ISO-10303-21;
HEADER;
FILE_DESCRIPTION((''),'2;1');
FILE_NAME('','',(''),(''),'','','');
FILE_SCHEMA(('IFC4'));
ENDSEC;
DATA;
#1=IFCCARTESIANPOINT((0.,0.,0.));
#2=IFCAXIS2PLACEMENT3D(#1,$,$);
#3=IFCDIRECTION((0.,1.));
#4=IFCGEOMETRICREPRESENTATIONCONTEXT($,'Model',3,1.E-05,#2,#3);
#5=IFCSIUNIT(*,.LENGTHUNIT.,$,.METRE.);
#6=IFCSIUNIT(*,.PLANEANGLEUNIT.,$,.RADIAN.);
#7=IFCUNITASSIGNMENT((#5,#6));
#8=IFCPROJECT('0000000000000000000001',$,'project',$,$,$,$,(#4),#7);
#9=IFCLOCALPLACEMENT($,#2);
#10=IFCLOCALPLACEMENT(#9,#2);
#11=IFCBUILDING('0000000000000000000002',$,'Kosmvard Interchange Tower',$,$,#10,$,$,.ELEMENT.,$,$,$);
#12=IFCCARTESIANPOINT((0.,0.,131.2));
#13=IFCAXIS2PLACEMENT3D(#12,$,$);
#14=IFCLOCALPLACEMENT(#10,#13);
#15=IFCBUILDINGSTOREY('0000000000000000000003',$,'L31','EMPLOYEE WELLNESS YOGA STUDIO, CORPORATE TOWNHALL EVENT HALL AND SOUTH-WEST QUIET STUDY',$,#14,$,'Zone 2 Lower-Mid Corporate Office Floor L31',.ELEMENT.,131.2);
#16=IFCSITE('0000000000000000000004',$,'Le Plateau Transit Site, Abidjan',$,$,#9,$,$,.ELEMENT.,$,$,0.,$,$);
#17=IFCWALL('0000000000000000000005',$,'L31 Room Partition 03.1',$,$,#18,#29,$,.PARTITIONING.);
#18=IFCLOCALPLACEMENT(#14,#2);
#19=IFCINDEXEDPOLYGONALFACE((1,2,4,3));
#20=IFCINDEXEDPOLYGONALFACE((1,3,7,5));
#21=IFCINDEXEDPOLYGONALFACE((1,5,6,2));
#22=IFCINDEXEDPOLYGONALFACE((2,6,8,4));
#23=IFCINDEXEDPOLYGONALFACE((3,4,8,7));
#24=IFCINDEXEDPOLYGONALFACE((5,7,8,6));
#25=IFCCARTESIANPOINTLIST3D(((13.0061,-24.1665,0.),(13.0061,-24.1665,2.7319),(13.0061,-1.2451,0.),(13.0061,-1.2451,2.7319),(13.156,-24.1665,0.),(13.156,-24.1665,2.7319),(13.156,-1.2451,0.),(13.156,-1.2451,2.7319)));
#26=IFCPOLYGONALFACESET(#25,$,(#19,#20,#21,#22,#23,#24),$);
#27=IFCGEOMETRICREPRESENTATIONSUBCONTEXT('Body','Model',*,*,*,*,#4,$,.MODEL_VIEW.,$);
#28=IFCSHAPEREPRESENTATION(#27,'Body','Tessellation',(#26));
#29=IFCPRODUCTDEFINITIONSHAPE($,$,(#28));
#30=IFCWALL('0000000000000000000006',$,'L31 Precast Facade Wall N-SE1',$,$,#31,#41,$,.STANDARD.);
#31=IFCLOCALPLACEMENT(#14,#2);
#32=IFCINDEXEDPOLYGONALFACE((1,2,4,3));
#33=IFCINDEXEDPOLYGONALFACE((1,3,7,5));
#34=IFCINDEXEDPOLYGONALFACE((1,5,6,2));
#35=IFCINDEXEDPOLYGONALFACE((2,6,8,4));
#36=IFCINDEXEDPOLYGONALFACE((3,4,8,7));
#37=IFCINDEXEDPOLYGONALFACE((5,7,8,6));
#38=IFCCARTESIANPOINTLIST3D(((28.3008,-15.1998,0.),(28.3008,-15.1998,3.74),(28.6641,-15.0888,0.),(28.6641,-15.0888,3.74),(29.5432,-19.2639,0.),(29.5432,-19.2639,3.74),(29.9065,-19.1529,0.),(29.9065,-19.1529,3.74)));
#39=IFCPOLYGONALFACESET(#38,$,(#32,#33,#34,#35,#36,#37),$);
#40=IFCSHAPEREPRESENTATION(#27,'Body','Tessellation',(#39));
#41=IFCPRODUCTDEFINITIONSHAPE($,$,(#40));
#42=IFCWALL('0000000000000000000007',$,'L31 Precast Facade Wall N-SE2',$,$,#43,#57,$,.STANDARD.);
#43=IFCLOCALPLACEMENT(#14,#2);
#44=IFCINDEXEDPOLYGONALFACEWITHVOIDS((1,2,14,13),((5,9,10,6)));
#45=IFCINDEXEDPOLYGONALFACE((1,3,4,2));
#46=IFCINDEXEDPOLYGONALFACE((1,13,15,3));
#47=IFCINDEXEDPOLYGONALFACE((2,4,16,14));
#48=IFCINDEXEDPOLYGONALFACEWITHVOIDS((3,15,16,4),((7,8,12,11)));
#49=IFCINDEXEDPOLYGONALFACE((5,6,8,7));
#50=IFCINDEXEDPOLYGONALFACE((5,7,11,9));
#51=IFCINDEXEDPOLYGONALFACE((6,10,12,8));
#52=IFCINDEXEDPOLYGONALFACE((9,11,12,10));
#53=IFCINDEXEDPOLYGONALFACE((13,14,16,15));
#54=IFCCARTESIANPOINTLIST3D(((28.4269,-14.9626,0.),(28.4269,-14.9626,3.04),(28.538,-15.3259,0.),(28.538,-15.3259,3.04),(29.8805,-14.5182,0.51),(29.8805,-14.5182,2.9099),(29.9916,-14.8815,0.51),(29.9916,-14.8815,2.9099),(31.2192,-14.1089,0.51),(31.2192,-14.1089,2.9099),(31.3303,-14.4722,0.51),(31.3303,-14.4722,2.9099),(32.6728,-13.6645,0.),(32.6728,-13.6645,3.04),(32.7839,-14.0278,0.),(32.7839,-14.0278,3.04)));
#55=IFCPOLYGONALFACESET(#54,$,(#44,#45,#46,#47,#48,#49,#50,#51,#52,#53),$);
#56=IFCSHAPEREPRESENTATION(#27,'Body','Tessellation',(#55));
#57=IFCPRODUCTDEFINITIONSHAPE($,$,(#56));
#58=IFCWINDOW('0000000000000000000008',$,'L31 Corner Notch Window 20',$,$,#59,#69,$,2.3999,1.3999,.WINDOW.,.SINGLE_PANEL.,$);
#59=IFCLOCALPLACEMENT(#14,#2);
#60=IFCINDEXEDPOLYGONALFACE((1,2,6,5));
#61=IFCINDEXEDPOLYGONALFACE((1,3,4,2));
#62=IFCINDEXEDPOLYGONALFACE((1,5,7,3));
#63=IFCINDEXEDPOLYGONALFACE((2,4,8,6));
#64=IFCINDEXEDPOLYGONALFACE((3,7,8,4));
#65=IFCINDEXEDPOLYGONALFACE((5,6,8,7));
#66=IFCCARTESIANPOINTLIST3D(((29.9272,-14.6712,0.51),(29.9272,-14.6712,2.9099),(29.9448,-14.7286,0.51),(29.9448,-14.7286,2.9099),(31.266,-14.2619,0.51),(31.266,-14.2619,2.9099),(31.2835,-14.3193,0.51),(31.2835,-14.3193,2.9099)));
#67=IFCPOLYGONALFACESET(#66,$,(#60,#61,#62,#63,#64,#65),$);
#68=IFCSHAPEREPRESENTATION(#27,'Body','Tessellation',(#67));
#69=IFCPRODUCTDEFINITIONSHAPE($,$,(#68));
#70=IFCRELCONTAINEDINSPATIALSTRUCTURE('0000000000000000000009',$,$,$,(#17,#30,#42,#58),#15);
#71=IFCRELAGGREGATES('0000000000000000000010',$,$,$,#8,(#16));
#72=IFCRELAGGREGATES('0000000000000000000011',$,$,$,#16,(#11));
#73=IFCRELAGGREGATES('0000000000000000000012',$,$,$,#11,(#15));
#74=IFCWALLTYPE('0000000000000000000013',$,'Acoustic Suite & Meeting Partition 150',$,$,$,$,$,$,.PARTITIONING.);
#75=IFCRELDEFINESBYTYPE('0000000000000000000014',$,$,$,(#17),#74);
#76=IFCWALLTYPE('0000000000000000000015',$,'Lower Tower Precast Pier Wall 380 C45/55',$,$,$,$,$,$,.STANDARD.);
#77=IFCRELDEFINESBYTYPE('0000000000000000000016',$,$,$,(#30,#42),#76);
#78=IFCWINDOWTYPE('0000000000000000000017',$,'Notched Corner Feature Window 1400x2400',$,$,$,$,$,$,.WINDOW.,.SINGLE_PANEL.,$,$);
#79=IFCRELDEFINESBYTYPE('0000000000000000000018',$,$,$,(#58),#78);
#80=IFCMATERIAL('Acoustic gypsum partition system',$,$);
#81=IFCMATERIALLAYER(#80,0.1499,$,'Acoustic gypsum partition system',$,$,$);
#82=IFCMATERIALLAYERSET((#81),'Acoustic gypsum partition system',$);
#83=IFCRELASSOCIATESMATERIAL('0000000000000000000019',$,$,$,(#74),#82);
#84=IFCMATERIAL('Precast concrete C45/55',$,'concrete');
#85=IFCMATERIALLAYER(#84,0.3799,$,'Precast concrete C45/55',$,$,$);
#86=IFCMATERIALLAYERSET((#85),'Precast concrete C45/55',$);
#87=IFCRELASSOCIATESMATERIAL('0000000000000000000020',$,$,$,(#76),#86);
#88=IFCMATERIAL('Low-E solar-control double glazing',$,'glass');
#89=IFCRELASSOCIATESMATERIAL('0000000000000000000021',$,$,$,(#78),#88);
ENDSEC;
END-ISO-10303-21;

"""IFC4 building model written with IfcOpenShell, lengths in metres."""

from ifc_helpers import new_model, si_unit, direction, frame, frame_2d, origin, place, context, subcontext, project, spatial, rectangle, extrude, source, transform, mapped, material, layer, layer_set, type_object, element, fill, save


model = new_model("IFC4")

# Units and contexts
model_context = context("Model", 3, precision=1e-05, world=origin(), true_north=direction((0.0, 1.0)))
body_context = subcontext(model_context, "Body", "Model", "MODEL_VIEW")
ifc_project = project(units=[si_unit("LENGTHUNIT", "METRE"), si_unit("PLANEANGLEUNIT", "RADIAN")], contexts=[model_context])

# Site, building, storey
site_placement = place(None, origin())
site = spatial("IfcSite", under=ifc_project, at=site_placement, Name="Le Plateau Transit Site, Abidjan", CompositionType="ELEMENT", RefElevation=0.0)
building_placement = place(site_placement, origin())
building = spatial("IfcBuilding", under=site, at=building_placement, Name="Kosmvard Interchange Tower", CompositionType="ELEMENT")
storey_placement = place(building_placement, frame((0.0, 0.0, 131.2)))
storey = spatial("IfcBuildingStorey", under=building, at=storey_placement, Name="L31", Description="EMPLOYEE WELLNESS YOGA STUDIO, CORPORATE TOWNHALL EVENT HALL AND SOUTH-WEST QUIET STUDY", LongName="Zone 2 Lower-Mid Corporate Office Floor L31", CompositionType="ELEMENT", Elevation=131.2)

# Shared definitions
ifc_material_1 = material(Name="Precast concrete C45/55", Category="concrete")

# Walls
ifc_material_2 = material(Name="Acoustic gypsum partition system")
ifc_layer_1 = layer(ifc_material_2, 0.1499, Name="Acoustic gypsum partition system")
ifc_layer_set_1 = layer_set([ifc_layer_1], Name="Acoustic gypsum partition system")
wall_type_1 = type_object("IfcWallType", Name="Acoustic Suite & Meeting Partition 150", PredefinedType="PARTITIONING", material=ifc_layer_set_1)
wall_1_placement = place(storey_placement, frame((13.0811, -24.1665, 0.0), z_axis=(0.0, 0.0, 1.0), x_axis=(0.0, 1.0, 0.0)))
element("IfcWall", 1, at=wall_1_placement, inside=storey, type_object=wall_type_1, Name="L31 Room Partition 03.1", PredefinedType="PARTITIONING", context=body_context, shape_type="SweptSolid", body=[
    extrude(rectangle(XDim=22.9214, YDim=0.1499, at=frame_2d((11.4607, 0.0))), origin(), (0.0, 0.0, 1.0), 2.7319),
])
ifc_layer_2 = layer(ifc_material_1, 0.3799, Name="Precast concrete C45/55")
ifc_layer_set_2 = layer_set([ifc_layer_2], Name="Precast concrete C45/55")
wall_type_2 = type_object("IfcWallType", Name="Lower Tower Precast Pier Wall 380 C45/55", PredefinedType="STANDARD", material=ifc_layer_set_2)
wall_2_placement = place(storey_placement, frame((29.7249, -19.2085, 0.0), z_axis=(0.0, 0.0, 1.0), x_axis=(-0.292346, 0.956313, 0.0)))
element("IfcWall", 2, at=wall_2_placement, inside=storey, type_object=wall_type_2, Name="L31 Precast Facade Wall N-SE1", PredefinedType="STANDARD", context=body_context, shape_type="SweptSolid", body=[
    extrude(rectangle(XDim=4.2498, YDim=0.3799, at=frame_2d((2.125, 0.0))), origin(), (0.0, 0.0, 1.0), 3.74),
])

# Wall, opening, window
wall_3_placement = place(storey_placement, frame((28.4824, -15.1443, 0.0), z_axis=(0.0, 0.0, 1.0), x_axis=(0.956304, 0.292374, 0.0)))
wall_3 = element("IfcWall", 3, at=wall_3_placement, inside=storey, type_object=wall_type_2, Name="L31 Precast Facade Wall N-SE2", PredefinedType="STANDARD", context=body_context, shape_type="SweptSolid", body=[
    extrude(rectangle(XDim=4.4399, YDim=0.3799, at=frame_2d((2.22, 0.0))), origin(), (0.0, 0.0, 1.0), 3.04),
])
opening_1_placement = place(wall_3_placement, frame((1.52, 0.0, 0.51)))
opening_1 = element("IfcOpeningElement", 4, at=opening_1_placement, cuts=wall_3, PredefinedType="OPENING", context=body_context, shape_type="SweptSolid", body=[
    extrude(rectangle(XDim=1.3999, YDim=2.3999, at=frame_2d((0.7, 1.2))), frame((0.0, 0.2, 0.0), z_axis=(0.0, -1.0, 0.0), x_axis=(1.0, 0.0, 0.0)), (0.0, 0.0, 1.0), 0.3999),
])
ifc_material_3 = material(Name="Low-E solar-control double glazing", Category="glass")
window_type_1 = type_object("IfcWindowType", Name="Notched Corner Feature Window 1400x2400", PartitioningType="SINGLE_PANEL", PredefinedType="WINDOW", material=ifc_material_3)
shared_shape_1 = source(origin(), body_context, "Body", "SweptSolid", [
    extrude(rectangle(XDim=1.3999, YDim=2.3999, at=frame_2d((0.7, 1.2))), frame((0.0, 0.03, 0.0), z_axis=(0.0, -1.0, 0.0), x_axis=(1.0, 0.0, 0.0)), (0.0, 0.0, 1.0), 0.0601),
])
window_1_placement = place(opening_1_placement, origin())
window_1 = element("IfcWindow", 5, at=window_1_placement, inside=storey, type_object=window_type_1, Name="L31 Corner Notch Window 20", OverallHeight=2.3999, OverallWidth=1.3999, PartitioningType="SINGLE_PANEL", PredefinedType="WINDOW", context=body_context, shape_type="MappedRepresentation", body=[
    mapped(shared_shape_1, transform((0.0, 0.0, 0.0), scale=1.0)),
])
fill(opening_1, window_1)

save(model, "model.ifc")
